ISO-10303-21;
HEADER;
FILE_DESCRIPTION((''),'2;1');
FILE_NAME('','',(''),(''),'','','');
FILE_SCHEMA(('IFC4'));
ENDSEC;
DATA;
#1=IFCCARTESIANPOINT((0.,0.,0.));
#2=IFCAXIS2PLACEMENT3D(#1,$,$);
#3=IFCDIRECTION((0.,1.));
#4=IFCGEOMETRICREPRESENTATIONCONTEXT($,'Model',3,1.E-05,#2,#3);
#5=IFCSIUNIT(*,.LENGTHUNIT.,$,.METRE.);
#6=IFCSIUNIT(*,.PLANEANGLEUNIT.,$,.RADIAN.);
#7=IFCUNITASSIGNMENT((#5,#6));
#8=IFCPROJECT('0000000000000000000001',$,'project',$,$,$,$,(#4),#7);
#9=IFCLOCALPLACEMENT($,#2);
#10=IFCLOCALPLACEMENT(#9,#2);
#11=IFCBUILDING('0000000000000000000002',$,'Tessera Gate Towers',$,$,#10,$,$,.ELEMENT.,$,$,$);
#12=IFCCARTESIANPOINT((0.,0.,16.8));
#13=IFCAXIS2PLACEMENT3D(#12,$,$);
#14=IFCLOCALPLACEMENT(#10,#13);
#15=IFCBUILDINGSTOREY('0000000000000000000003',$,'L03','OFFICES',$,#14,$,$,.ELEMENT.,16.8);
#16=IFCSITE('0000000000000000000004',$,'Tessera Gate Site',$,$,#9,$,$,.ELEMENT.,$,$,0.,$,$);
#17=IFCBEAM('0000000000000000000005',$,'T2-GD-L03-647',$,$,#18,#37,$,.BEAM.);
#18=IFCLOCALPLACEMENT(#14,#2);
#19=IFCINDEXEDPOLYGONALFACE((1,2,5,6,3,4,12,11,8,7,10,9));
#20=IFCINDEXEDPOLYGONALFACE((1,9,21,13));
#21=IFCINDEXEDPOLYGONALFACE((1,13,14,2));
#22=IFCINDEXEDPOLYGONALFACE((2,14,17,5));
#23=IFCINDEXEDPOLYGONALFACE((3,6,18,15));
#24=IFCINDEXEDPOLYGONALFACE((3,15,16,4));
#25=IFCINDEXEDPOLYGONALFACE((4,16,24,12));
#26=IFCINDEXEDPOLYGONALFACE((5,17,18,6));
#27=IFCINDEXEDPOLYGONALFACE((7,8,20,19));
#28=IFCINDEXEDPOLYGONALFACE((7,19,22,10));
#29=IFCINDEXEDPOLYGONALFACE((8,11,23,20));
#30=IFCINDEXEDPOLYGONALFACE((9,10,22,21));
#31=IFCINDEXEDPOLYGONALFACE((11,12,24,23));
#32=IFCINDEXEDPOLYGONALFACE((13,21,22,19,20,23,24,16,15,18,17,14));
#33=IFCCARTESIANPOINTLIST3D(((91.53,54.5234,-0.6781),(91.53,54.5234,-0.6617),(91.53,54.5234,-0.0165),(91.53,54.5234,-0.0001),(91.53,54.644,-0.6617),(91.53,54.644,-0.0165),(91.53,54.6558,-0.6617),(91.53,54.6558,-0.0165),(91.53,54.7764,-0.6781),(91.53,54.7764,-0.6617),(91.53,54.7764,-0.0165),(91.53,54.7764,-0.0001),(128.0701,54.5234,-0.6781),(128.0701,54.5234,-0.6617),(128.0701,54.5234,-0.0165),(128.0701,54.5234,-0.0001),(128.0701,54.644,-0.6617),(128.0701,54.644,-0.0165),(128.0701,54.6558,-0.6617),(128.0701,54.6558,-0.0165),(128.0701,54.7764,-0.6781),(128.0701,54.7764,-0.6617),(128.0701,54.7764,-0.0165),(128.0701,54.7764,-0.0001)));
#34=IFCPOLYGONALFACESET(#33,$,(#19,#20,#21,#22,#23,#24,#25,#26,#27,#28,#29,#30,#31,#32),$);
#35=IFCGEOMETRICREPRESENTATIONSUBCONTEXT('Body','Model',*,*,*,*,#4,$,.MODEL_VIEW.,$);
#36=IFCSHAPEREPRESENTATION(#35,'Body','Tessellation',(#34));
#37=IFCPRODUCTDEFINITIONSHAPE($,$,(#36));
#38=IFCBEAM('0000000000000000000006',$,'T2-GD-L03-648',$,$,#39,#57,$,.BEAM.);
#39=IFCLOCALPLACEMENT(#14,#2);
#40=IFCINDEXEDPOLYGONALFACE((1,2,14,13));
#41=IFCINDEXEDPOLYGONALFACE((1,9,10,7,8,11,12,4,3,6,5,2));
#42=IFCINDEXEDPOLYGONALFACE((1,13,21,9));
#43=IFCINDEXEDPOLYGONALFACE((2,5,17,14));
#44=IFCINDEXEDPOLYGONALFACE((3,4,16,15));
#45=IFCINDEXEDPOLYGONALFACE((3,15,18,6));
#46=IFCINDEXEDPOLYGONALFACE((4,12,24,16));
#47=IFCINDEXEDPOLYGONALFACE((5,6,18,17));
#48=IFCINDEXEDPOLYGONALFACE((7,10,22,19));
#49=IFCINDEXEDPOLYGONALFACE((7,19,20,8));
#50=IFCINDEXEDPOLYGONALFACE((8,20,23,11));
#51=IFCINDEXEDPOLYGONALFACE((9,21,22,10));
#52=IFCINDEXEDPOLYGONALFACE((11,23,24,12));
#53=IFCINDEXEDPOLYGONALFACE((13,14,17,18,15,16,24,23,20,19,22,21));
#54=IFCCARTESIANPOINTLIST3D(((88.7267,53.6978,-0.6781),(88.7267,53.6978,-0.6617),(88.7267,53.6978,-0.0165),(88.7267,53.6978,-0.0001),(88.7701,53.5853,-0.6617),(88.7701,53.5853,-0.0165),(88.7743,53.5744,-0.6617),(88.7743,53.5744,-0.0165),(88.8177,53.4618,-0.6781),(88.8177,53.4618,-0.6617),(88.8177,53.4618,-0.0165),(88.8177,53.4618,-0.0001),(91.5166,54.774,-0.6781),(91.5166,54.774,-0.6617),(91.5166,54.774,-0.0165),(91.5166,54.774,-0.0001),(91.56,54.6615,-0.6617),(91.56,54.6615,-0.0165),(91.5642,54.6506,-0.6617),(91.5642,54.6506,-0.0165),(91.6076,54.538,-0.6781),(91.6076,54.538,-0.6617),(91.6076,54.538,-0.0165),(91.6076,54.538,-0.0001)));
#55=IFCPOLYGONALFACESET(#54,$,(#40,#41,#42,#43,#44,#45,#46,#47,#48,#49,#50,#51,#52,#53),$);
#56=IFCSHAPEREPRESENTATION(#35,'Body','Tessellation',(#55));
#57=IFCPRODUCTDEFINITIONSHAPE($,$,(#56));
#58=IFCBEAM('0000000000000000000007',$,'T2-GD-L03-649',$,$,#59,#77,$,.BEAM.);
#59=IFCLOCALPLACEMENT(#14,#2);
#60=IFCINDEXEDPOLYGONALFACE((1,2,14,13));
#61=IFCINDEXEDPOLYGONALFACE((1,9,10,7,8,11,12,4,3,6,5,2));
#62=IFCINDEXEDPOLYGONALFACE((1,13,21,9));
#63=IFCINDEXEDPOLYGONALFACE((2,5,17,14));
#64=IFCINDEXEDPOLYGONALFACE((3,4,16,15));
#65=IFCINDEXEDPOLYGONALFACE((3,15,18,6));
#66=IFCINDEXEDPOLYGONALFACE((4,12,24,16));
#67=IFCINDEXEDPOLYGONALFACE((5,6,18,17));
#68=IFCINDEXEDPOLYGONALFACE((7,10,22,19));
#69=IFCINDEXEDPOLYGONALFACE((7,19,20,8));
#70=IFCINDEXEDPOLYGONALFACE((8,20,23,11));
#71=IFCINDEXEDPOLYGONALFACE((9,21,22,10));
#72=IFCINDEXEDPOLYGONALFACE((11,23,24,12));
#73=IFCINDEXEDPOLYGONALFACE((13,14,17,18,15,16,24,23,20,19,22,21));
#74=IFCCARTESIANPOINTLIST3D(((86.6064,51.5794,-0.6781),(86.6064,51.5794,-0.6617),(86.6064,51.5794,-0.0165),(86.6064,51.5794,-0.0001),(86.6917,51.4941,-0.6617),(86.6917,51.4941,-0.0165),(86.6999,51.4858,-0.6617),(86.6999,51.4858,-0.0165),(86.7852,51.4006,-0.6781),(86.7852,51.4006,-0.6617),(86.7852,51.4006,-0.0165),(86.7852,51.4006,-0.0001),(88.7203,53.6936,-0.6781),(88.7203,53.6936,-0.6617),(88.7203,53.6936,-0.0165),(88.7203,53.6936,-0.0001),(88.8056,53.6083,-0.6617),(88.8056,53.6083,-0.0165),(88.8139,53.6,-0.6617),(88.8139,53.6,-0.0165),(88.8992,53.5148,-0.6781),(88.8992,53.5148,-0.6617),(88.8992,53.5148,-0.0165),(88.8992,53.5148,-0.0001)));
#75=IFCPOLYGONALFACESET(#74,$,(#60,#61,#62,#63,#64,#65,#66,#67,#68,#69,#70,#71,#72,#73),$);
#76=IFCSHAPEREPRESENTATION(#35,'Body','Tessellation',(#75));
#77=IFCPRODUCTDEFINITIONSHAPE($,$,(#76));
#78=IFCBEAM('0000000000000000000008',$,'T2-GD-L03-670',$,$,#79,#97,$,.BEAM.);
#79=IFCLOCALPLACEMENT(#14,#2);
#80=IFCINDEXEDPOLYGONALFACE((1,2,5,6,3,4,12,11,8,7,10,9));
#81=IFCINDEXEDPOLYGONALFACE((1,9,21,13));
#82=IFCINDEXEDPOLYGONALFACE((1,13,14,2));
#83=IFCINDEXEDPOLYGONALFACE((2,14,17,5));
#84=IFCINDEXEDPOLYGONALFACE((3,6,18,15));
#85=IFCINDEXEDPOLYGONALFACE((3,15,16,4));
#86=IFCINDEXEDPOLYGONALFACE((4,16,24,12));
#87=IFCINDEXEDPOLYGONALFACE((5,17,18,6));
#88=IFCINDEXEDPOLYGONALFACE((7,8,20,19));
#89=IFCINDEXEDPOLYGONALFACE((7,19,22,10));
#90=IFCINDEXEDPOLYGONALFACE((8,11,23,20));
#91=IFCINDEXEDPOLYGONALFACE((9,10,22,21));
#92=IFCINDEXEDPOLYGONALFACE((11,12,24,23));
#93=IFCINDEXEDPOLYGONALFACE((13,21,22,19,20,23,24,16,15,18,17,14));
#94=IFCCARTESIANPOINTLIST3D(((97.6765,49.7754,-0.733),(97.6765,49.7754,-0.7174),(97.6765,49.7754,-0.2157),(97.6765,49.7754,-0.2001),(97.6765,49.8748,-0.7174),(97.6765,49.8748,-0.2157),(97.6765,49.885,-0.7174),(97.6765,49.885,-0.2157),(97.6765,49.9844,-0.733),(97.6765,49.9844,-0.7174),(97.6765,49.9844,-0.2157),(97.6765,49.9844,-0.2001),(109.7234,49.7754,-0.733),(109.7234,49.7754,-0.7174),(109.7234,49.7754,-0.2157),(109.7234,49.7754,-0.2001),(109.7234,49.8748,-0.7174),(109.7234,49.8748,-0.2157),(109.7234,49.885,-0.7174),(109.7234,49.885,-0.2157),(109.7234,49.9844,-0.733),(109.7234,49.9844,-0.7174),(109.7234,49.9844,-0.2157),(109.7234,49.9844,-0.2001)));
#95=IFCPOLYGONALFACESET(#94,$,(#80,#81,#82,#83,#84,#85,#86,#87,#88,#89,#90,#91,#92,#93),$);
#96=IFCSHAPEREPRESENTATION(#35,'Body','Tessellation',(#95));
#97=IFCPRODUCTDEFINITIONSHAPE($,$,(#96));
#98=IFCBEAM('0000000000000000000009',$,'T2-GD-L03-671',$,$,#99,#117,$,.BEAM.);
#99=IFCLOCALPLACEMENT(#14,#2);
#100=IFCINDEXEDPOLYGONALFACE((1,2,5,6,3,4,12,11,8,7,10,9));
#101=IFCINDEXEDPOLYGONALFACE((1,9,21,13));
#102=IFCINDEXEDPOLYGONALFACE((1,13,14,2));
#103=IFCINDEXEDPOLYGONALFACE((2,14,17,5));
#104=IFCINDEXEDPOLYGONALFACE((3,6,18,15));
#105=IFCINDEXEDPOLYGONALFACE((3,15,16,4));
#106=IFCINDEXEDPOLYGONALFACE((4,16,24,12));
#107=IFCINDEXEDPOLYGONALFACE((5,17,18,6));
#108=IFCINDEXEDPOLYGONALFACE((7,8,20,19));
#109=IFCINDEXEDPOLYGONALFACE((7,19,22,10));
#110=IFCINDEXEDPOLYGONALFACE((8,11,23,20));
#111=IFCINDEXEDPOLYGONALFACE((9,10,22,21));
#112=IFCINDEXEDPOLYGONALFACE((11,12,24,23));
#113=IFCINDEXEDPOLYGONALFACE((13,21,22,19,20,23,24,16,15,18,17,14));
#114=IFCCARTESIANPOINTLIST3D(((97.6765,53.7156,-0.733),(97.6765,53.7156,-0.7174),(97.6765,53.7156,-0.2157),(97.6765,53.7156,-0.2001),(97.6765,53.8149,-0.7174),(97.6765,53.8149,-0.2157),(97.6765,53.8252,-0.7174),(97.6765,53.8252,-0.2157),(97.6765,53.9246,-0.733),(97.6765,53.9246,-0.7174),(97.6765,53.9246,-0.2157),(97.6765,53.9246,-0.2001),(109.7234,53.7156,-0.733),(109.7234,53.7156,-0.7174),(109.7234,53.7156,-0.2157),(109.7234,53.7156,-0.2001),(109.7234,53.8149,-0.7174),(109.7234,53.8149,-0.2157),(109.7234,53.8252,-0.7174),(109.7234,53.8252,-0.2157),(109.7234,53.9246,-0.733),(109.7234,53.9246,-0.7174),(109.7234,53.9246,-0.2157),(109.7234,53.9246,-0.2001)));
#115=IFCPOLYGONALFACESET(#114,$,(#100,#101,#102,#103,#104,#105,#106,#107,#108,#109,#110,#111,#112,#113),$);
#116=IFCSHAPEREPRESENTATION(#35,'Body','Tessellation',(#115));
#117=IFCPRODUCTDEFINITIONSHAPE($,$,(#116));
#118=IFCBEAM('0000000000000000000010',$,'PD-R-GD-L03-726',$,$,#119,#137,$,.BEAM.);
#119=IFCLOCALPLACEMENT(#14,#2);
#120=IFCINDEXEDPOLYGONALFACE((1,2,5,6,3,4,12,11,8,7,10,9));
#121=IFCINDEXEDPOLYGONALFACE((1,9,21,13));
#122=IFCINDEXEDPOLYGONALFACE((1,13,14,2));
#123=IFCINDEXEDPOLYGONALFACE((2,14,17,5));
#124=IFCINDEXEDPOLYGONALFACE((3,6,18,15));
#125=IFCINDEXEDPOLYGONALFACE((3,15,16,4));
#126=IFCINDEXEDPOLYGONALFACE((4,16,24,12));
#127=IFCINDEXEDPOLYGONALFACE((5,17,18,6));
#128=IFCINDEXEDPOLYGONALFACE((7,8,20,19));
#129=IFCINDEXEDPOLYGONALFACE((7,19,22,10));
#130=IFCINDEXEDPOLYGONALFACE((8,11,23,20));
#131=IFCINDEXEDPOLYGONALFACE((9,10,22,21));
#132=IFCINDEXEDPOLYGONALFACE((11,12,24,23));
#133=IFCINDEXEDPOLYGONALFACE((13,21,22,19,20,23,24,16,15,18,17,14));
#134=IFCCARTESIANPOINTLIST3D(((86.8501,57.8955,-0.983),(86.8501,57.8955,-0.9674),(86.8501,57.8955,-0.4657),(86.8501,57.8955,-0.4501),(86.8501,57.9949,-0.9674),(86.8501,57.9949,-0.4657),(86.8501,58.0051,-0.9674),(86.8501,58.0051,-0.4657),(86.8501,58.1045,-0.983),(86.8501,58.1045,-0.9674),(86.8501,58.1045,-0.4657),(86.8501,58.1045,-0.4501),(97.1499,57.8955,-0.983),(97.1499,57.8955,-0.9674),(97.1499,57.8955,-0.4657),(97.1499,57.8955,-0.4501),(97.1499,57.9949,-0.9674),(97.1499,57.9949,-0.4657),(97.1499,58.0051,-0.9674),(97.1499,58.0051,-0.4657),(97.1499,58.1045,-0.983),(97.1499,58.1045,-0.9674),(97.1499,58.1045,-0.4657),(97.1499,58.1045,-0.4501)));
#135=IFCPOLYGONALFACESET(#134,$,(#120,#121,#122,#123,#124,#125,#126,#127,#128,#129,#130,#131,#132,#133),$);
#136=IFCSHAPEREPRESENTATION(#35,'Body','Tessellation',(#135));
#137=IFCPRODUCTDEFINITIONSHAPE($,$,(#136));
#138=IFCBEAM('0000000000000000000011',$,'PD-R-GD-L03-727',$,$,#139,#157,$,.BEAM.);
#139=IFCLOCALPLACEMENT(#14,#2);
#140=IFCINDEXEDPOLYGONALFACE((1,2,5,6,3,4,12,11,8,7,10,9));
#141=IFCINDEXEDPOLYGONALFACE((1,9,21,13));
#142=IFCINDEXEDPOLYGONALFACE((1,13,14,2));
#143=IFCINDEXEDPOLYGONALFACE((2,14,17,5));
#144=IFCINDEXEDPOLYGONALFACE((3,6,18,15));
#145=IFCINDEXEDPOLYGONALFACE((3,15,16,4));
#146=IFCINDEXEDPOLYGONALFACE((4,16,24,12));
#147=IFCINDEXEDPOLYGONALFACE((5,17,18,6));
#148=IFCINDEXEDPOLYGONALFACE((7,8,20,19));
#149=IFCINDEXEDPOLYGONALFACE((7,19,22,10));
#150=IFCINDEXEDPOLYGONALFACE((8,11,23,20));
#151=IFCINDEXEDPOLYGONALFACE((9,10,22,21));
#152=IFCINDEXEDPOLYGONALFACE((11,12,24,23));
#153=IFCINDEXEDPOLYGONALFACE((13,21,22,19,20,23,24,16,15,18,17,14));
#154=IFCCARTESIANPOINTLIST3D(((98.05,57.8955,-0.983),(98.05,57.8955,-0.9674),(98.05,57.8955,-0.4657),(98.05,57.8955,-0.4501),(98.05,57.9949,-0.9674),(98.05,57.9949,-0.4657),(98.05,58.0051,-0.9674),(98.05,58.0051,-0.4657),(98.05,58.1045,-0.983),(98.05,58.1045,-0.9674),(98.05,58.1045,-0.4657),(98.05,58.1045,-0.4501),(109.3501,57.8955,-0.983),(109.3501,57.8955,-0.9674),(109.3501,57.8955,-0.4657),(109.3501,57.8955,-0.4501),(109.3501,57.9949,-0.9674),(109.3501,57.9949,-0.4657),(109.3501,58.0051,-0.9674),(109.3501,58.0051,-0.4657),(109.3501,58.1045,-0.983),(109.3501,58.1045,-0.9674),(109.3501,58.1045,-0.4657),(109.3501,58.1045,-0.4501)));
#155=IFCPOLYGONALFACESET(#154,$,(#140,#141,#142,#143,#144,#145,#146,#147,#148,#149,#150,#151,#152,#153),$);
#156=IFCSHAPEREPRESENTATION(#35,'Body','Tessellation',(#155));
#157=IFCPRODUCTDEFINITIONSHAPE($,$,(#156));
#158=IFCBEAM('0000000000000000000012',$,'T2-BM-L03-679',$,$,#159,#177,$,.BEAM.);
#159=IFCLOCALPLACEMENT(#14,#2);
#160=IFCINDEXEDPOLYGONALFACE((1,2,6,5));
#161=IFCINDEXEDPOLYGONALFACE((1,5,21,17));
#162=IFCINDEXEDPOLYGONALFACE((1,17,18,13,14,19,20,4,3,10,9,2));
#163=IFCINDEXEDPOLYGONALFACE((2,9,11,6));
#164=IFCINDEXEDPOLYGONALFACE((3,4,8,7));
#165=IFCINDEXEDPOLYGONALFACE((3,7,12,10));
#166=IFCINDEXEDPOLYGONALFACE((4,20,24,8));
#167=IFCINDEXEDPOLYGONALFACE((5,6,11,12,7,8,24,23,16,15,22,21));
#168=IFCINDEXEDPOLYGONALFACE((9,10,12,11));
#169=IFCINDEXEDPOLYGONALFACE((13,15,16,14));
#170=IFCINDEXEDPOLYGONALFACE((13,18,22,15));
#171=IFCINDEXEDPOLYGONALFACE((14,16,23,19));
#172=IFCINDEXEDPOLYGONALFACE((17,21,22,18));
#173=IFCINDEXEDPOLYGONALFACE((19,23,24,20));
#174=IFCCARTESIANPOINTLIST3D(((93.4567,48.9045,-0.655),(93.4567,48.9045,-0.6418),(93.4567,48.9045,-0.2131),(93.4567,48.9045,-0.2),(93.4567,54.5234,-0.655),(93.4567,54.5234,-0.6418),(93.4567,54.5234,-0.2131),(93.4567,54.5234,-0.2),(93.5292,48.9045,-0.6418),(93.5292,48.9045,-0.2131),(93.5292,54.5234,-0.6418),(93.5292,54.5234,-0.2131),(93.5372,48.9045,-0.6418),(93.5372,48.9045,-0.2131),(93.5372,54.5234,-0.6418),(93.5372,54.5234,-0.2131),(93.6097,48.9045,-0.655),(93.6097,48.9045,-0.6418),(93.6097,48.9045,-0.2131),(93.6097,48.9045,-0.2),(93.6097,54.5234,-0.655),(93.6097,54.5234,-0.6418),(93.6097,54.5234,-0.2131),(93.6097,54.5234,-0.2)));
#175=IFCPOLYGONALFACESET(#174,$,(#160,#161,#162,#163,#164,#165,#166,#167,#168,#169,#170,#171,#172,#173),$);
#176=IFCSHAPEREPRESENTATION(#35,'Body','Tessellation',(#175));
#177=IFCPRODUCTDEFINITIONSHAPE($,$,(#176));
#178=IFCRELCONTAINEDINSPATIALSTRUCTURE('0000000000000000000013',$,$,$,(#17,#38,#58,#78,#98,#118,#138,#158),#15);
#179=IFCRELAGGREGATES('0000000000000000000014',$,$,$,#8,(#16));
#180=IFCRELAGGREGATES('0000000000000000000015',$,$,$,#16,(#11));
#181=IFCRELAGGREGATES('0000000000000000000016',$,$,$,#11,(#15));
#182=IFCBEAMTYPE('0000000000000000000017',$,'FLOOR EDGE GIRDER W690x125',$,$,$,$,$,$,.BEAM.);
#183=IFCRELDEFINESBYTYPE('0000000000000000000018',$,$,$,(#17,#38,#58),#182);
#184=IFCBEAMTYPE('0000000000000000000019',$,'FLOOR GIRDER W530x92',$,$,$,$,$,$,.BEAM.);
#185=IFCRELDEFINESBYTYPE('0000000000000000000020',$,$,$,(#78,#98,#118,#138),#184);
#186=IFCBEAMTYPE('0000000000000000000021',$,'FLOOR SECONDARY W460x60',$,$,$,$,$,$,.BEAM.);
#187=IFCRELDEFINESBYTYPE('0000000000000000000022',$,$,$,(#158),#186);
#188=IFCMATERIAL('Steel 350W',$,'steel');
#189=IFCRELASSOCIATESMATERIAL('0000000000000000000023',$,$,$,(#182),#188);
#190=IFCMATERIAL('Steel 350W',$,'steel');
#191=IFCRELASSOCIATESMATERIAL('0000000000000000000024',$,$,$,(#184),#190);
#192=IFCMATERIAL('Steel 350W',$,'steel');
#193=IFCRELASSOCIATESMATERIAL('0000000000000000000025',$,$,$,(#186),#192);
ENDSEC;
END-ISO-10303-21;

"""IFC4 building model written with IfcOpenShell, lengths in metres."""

from ifc_helpers import new_model, si_unit, direction, frame, origin, origin_2d, place, context, subcontext, project, spatial, i_section, extrude, material, material_profile, profile_set, type_object, element, save


model = new_model("IFC4")

# Units and contexts
model_context = context("Model", 3, precision=1e-05, world=origin(), true_north=direction((0.0, 1.0)))
body_context = subcontext(model_context, "Body", "Model", "MODEL_VIEW")
ifc_project = project(units=[si_unit("LENGTHUNIT", "METRE"), si_unit("PLANEANGLEUNIT", "RADIAN")], contexts=[model_context])

# Site, building, storey
site_placement = place(None, origin())
site = spatial("IfcSite", under=ifc_project, at=site_placement, Name="Tessera Gate Site", CompositionType="ELEMENT", RefElevation=0.0)
building_placement = place(site_placement, origin())
building = spatial("IfcBuilding", under=site, at=building_placement, Name="Tessera Gate Towers", CompositionType="ELEMENT")
storey_placement = place(building_placement, frame((0.0, 0.0, 16.8)))
storey = spatial("IfcBuildingStorey", under=building, at=storey_placement, Name="L03", Description="OFFICES", CompositionType="ELEMENT", Elevation=16.8)

# Beams
ifc_material_1 = material(Name="Steel 350W", Category="steel")
ifc_material_profile_1 = material_profile(ifc_material_1, i_section(OverallWidth=0.2529, OverallDepth=0.678, WebThickness=0.0117, FlangeThickness=0.0164, at=origin_2d()), Name="W690x125")
ifc_profile_set_1 = profile_set([ifc_material_profile_1], Name="Steel 350W")
beam_type_1 = type_object("IfcBeamType", Name="FLOOR EDGE GIRDER W690x125", PredefinedType="BEAM", material=ifc_profile_set_1)
beam_1_placement = place(storey_placement, frame((91.53, 54.6499, -0.3391), z_axis=(1.0, 0.0, 0.0), x_axis=(0.0, 1.0, 0.0)))
element("IfcBeam", 1, at=beam_1_placement, inside=storey, type_object=beam_type_1, Name="T2-GD-L03-647", PredefinedType="BEAM", context=body_context, shape_type="SweptSolid", body=[
    extrude(i_section(OverallWidth=0.2529, OverallDepth=0.678, WebThickness=0.0117, FlangeThickness=0.0164, at=origin_2d()), origin(), (0.0, 0.0, 1.0), 36.54),
])
beam_2_placement = place(storey_placement, frame((88.7722, 53.5798, -0.3391), z_axis=(0.93299, 0.359904, 0.0), x_axis=(-0.359904, 0.93299, 0.0)))
element("IfcBeam", 2, at=beam_2_placement, inside=storey, type_object=beam_type_1, Name="T2-GD-L03-648", PredefinedType="BEAM", context=body_context, shape_type="SweptSolid", body=[
    extrude(i_section(OverallWidth=0.2529, OverallDepth=0.678, WebThickness=0.0117, FlangeThickness=0.0164, at=origin_2d()), origin(), (0.0, 0.0, 1.0), 2.9902),
])
beam_3_placement = place(storey_placement, frame((86.6958, 51.49, -0.3391), z_axis=(0.707066, 0.707148, 0.0), x_axis=(-0.707148, 0.707066, 0.0)))
element("IfcBeam", 3, at=beam_3_placement, inside=storey, type_object=beam_type_1, Name="T2-GD-L03-649", PredefinedType="BEAM", context=body_context, shape_type="SweptSolid", body=[
    extrude(i_section(OverallWidth=0.2529, OverallDepth=0.678, WebThickness=0.0117, FlangeThickness=0.0164, at=origin_2d()), origin(), (0.0, 0.0, 1.0), 2.9897),
])
ifc_material_2 = material(Name="Steel 350W", Category="steel")
ifc_material_profile_2 = material_profile(ifc_material_2, i_section(OverallWidth=0.209, OverallDepth=0.533, WebThickness=0.0103, FlangeThickness=0.0156, at=origin_2d()), Name="W530x92")
ifc_profile_set_2 = profile_set([ifc_material_profile_2], Name="Steel 350W")
beam_type_2 = type_object("IfcBeamType", Name="FLOOR GIRDER W530x92", PredefinedType="BEAM", material=ifc_profile_set_2)
for number, where, z_axis, x_axis, name in (
    (4, (97.6765, 49.8799, -0.4666), (1.0, 0.0, 0.0), (0.0, 1.0, 0.0), "T2-GD-L03-670"),
    (5, (97.6765, 53.8201, -0.4666), (1.0, 0.0, 0.0), (0.0, 1.0, 0.0), "T2-GD-L03-671"),
):
    element("IfcBeam", number, at=place(storey_placement, frame(where, z_axis=z_axis, x_axis=x_axis)), inside=storey, type_object=beam_type_2, Name=name, PredefinedType="BEAM", context=body_context, shape_type="SweptSolid", body=[
        extrude(i_section(OverallWidth=0.209, OverallDepth=0.533, WebThickness=0.0103, FlangeThickness=0.0156, at=origin_2d()), origin(), (0.0, 0.0, 1.0), 12.0469),
    ])
beam_4_placement = place(storey_placement, frame((86.8501, 58.0, -0.7166), z_axis=(1.0, 0.0, 0.0), x_axis=(0.0, 1.0, 0.0)))
element("IfcBeam", 6, at=beam_4_placement, inside=storey, type_object=beam_type_2, Name="PD-R-GD-L03-726", PredefinedType="BEAM", context=body_context, shape_type="SweptSolid", body=[
    extrude(i_section(OverallWidth=0.209, OverallDepth=0.533, WebThickness=0.0103, FlangeThickness=0.0156, at=origin_2d()), origin(), (0.0, 0.0, 1.0), 10.2998),
])
beam_5_placement = place(storey_placement, frame((98.05, 58.0, -0.7166), z_axis=(1.0, 0.0, 0.0), x_axis=(0.0, 1.0, 0.0)))
element("IfcBeam", 7, at=beam_5_placement, inside=storey, type_object=beam_type_2, Name="PD-R-GD-L03-727", PredefinedType="BEAM", context=body_context, shape_type="SweptSolid", body=[
    extrude(i_section(OverallWidth=0.209, OverallDepth=0.533, WebThickness=0.0103, FlangeThickness=0.0156, at=origin_2d()), origin(), (0.0, 0.0, 1.0), 11.3),
])
ifc_material_3 = material(Name="Steel 350W", Category="steel")
ifc_material_profile_3 = material_profile(ifc_material_3, i_section(OverallWidth=0.1531, OverallDepth=0.4551, WebThickness=0.0081, FlangeThickness=0.0132, at=origin_2d()), Name="W460x60")
ifc_profile_set_3 = profile_set([ifc_material_profile_3], Name="Steel 350W")
beam_type_3 = type_object("IfcBeamType", Name="FLOOR SECONDARY W460x60", PredefinedType="BEAM", material=ifc_profile_set_3)
beam_6_placement = place(storey_placement, frame((93.5332, 48.9045, -0.4275), z_axis=(0.0, 1.0, 0.0), x_axis=(-1.0, 0.0, 0.0)))
element("IfcBeam", 8, at=beam_6_placement, inside=storey, type_object=beam_type_3, Name="T2-BM-L03-679", PredefinedType="BEAM", context=body_context, shape_type="SweptSolid", body=[
    extrude(i_section(OverallWidth=0.1531, OverallDepth=0.4551, WebThickness=0.0081, FlangeThickness=0.0132, at=origin_2d()), origin(), (0.0, 0.0, 1.0), 5.6189),
])

save(model, "model.ifc")
